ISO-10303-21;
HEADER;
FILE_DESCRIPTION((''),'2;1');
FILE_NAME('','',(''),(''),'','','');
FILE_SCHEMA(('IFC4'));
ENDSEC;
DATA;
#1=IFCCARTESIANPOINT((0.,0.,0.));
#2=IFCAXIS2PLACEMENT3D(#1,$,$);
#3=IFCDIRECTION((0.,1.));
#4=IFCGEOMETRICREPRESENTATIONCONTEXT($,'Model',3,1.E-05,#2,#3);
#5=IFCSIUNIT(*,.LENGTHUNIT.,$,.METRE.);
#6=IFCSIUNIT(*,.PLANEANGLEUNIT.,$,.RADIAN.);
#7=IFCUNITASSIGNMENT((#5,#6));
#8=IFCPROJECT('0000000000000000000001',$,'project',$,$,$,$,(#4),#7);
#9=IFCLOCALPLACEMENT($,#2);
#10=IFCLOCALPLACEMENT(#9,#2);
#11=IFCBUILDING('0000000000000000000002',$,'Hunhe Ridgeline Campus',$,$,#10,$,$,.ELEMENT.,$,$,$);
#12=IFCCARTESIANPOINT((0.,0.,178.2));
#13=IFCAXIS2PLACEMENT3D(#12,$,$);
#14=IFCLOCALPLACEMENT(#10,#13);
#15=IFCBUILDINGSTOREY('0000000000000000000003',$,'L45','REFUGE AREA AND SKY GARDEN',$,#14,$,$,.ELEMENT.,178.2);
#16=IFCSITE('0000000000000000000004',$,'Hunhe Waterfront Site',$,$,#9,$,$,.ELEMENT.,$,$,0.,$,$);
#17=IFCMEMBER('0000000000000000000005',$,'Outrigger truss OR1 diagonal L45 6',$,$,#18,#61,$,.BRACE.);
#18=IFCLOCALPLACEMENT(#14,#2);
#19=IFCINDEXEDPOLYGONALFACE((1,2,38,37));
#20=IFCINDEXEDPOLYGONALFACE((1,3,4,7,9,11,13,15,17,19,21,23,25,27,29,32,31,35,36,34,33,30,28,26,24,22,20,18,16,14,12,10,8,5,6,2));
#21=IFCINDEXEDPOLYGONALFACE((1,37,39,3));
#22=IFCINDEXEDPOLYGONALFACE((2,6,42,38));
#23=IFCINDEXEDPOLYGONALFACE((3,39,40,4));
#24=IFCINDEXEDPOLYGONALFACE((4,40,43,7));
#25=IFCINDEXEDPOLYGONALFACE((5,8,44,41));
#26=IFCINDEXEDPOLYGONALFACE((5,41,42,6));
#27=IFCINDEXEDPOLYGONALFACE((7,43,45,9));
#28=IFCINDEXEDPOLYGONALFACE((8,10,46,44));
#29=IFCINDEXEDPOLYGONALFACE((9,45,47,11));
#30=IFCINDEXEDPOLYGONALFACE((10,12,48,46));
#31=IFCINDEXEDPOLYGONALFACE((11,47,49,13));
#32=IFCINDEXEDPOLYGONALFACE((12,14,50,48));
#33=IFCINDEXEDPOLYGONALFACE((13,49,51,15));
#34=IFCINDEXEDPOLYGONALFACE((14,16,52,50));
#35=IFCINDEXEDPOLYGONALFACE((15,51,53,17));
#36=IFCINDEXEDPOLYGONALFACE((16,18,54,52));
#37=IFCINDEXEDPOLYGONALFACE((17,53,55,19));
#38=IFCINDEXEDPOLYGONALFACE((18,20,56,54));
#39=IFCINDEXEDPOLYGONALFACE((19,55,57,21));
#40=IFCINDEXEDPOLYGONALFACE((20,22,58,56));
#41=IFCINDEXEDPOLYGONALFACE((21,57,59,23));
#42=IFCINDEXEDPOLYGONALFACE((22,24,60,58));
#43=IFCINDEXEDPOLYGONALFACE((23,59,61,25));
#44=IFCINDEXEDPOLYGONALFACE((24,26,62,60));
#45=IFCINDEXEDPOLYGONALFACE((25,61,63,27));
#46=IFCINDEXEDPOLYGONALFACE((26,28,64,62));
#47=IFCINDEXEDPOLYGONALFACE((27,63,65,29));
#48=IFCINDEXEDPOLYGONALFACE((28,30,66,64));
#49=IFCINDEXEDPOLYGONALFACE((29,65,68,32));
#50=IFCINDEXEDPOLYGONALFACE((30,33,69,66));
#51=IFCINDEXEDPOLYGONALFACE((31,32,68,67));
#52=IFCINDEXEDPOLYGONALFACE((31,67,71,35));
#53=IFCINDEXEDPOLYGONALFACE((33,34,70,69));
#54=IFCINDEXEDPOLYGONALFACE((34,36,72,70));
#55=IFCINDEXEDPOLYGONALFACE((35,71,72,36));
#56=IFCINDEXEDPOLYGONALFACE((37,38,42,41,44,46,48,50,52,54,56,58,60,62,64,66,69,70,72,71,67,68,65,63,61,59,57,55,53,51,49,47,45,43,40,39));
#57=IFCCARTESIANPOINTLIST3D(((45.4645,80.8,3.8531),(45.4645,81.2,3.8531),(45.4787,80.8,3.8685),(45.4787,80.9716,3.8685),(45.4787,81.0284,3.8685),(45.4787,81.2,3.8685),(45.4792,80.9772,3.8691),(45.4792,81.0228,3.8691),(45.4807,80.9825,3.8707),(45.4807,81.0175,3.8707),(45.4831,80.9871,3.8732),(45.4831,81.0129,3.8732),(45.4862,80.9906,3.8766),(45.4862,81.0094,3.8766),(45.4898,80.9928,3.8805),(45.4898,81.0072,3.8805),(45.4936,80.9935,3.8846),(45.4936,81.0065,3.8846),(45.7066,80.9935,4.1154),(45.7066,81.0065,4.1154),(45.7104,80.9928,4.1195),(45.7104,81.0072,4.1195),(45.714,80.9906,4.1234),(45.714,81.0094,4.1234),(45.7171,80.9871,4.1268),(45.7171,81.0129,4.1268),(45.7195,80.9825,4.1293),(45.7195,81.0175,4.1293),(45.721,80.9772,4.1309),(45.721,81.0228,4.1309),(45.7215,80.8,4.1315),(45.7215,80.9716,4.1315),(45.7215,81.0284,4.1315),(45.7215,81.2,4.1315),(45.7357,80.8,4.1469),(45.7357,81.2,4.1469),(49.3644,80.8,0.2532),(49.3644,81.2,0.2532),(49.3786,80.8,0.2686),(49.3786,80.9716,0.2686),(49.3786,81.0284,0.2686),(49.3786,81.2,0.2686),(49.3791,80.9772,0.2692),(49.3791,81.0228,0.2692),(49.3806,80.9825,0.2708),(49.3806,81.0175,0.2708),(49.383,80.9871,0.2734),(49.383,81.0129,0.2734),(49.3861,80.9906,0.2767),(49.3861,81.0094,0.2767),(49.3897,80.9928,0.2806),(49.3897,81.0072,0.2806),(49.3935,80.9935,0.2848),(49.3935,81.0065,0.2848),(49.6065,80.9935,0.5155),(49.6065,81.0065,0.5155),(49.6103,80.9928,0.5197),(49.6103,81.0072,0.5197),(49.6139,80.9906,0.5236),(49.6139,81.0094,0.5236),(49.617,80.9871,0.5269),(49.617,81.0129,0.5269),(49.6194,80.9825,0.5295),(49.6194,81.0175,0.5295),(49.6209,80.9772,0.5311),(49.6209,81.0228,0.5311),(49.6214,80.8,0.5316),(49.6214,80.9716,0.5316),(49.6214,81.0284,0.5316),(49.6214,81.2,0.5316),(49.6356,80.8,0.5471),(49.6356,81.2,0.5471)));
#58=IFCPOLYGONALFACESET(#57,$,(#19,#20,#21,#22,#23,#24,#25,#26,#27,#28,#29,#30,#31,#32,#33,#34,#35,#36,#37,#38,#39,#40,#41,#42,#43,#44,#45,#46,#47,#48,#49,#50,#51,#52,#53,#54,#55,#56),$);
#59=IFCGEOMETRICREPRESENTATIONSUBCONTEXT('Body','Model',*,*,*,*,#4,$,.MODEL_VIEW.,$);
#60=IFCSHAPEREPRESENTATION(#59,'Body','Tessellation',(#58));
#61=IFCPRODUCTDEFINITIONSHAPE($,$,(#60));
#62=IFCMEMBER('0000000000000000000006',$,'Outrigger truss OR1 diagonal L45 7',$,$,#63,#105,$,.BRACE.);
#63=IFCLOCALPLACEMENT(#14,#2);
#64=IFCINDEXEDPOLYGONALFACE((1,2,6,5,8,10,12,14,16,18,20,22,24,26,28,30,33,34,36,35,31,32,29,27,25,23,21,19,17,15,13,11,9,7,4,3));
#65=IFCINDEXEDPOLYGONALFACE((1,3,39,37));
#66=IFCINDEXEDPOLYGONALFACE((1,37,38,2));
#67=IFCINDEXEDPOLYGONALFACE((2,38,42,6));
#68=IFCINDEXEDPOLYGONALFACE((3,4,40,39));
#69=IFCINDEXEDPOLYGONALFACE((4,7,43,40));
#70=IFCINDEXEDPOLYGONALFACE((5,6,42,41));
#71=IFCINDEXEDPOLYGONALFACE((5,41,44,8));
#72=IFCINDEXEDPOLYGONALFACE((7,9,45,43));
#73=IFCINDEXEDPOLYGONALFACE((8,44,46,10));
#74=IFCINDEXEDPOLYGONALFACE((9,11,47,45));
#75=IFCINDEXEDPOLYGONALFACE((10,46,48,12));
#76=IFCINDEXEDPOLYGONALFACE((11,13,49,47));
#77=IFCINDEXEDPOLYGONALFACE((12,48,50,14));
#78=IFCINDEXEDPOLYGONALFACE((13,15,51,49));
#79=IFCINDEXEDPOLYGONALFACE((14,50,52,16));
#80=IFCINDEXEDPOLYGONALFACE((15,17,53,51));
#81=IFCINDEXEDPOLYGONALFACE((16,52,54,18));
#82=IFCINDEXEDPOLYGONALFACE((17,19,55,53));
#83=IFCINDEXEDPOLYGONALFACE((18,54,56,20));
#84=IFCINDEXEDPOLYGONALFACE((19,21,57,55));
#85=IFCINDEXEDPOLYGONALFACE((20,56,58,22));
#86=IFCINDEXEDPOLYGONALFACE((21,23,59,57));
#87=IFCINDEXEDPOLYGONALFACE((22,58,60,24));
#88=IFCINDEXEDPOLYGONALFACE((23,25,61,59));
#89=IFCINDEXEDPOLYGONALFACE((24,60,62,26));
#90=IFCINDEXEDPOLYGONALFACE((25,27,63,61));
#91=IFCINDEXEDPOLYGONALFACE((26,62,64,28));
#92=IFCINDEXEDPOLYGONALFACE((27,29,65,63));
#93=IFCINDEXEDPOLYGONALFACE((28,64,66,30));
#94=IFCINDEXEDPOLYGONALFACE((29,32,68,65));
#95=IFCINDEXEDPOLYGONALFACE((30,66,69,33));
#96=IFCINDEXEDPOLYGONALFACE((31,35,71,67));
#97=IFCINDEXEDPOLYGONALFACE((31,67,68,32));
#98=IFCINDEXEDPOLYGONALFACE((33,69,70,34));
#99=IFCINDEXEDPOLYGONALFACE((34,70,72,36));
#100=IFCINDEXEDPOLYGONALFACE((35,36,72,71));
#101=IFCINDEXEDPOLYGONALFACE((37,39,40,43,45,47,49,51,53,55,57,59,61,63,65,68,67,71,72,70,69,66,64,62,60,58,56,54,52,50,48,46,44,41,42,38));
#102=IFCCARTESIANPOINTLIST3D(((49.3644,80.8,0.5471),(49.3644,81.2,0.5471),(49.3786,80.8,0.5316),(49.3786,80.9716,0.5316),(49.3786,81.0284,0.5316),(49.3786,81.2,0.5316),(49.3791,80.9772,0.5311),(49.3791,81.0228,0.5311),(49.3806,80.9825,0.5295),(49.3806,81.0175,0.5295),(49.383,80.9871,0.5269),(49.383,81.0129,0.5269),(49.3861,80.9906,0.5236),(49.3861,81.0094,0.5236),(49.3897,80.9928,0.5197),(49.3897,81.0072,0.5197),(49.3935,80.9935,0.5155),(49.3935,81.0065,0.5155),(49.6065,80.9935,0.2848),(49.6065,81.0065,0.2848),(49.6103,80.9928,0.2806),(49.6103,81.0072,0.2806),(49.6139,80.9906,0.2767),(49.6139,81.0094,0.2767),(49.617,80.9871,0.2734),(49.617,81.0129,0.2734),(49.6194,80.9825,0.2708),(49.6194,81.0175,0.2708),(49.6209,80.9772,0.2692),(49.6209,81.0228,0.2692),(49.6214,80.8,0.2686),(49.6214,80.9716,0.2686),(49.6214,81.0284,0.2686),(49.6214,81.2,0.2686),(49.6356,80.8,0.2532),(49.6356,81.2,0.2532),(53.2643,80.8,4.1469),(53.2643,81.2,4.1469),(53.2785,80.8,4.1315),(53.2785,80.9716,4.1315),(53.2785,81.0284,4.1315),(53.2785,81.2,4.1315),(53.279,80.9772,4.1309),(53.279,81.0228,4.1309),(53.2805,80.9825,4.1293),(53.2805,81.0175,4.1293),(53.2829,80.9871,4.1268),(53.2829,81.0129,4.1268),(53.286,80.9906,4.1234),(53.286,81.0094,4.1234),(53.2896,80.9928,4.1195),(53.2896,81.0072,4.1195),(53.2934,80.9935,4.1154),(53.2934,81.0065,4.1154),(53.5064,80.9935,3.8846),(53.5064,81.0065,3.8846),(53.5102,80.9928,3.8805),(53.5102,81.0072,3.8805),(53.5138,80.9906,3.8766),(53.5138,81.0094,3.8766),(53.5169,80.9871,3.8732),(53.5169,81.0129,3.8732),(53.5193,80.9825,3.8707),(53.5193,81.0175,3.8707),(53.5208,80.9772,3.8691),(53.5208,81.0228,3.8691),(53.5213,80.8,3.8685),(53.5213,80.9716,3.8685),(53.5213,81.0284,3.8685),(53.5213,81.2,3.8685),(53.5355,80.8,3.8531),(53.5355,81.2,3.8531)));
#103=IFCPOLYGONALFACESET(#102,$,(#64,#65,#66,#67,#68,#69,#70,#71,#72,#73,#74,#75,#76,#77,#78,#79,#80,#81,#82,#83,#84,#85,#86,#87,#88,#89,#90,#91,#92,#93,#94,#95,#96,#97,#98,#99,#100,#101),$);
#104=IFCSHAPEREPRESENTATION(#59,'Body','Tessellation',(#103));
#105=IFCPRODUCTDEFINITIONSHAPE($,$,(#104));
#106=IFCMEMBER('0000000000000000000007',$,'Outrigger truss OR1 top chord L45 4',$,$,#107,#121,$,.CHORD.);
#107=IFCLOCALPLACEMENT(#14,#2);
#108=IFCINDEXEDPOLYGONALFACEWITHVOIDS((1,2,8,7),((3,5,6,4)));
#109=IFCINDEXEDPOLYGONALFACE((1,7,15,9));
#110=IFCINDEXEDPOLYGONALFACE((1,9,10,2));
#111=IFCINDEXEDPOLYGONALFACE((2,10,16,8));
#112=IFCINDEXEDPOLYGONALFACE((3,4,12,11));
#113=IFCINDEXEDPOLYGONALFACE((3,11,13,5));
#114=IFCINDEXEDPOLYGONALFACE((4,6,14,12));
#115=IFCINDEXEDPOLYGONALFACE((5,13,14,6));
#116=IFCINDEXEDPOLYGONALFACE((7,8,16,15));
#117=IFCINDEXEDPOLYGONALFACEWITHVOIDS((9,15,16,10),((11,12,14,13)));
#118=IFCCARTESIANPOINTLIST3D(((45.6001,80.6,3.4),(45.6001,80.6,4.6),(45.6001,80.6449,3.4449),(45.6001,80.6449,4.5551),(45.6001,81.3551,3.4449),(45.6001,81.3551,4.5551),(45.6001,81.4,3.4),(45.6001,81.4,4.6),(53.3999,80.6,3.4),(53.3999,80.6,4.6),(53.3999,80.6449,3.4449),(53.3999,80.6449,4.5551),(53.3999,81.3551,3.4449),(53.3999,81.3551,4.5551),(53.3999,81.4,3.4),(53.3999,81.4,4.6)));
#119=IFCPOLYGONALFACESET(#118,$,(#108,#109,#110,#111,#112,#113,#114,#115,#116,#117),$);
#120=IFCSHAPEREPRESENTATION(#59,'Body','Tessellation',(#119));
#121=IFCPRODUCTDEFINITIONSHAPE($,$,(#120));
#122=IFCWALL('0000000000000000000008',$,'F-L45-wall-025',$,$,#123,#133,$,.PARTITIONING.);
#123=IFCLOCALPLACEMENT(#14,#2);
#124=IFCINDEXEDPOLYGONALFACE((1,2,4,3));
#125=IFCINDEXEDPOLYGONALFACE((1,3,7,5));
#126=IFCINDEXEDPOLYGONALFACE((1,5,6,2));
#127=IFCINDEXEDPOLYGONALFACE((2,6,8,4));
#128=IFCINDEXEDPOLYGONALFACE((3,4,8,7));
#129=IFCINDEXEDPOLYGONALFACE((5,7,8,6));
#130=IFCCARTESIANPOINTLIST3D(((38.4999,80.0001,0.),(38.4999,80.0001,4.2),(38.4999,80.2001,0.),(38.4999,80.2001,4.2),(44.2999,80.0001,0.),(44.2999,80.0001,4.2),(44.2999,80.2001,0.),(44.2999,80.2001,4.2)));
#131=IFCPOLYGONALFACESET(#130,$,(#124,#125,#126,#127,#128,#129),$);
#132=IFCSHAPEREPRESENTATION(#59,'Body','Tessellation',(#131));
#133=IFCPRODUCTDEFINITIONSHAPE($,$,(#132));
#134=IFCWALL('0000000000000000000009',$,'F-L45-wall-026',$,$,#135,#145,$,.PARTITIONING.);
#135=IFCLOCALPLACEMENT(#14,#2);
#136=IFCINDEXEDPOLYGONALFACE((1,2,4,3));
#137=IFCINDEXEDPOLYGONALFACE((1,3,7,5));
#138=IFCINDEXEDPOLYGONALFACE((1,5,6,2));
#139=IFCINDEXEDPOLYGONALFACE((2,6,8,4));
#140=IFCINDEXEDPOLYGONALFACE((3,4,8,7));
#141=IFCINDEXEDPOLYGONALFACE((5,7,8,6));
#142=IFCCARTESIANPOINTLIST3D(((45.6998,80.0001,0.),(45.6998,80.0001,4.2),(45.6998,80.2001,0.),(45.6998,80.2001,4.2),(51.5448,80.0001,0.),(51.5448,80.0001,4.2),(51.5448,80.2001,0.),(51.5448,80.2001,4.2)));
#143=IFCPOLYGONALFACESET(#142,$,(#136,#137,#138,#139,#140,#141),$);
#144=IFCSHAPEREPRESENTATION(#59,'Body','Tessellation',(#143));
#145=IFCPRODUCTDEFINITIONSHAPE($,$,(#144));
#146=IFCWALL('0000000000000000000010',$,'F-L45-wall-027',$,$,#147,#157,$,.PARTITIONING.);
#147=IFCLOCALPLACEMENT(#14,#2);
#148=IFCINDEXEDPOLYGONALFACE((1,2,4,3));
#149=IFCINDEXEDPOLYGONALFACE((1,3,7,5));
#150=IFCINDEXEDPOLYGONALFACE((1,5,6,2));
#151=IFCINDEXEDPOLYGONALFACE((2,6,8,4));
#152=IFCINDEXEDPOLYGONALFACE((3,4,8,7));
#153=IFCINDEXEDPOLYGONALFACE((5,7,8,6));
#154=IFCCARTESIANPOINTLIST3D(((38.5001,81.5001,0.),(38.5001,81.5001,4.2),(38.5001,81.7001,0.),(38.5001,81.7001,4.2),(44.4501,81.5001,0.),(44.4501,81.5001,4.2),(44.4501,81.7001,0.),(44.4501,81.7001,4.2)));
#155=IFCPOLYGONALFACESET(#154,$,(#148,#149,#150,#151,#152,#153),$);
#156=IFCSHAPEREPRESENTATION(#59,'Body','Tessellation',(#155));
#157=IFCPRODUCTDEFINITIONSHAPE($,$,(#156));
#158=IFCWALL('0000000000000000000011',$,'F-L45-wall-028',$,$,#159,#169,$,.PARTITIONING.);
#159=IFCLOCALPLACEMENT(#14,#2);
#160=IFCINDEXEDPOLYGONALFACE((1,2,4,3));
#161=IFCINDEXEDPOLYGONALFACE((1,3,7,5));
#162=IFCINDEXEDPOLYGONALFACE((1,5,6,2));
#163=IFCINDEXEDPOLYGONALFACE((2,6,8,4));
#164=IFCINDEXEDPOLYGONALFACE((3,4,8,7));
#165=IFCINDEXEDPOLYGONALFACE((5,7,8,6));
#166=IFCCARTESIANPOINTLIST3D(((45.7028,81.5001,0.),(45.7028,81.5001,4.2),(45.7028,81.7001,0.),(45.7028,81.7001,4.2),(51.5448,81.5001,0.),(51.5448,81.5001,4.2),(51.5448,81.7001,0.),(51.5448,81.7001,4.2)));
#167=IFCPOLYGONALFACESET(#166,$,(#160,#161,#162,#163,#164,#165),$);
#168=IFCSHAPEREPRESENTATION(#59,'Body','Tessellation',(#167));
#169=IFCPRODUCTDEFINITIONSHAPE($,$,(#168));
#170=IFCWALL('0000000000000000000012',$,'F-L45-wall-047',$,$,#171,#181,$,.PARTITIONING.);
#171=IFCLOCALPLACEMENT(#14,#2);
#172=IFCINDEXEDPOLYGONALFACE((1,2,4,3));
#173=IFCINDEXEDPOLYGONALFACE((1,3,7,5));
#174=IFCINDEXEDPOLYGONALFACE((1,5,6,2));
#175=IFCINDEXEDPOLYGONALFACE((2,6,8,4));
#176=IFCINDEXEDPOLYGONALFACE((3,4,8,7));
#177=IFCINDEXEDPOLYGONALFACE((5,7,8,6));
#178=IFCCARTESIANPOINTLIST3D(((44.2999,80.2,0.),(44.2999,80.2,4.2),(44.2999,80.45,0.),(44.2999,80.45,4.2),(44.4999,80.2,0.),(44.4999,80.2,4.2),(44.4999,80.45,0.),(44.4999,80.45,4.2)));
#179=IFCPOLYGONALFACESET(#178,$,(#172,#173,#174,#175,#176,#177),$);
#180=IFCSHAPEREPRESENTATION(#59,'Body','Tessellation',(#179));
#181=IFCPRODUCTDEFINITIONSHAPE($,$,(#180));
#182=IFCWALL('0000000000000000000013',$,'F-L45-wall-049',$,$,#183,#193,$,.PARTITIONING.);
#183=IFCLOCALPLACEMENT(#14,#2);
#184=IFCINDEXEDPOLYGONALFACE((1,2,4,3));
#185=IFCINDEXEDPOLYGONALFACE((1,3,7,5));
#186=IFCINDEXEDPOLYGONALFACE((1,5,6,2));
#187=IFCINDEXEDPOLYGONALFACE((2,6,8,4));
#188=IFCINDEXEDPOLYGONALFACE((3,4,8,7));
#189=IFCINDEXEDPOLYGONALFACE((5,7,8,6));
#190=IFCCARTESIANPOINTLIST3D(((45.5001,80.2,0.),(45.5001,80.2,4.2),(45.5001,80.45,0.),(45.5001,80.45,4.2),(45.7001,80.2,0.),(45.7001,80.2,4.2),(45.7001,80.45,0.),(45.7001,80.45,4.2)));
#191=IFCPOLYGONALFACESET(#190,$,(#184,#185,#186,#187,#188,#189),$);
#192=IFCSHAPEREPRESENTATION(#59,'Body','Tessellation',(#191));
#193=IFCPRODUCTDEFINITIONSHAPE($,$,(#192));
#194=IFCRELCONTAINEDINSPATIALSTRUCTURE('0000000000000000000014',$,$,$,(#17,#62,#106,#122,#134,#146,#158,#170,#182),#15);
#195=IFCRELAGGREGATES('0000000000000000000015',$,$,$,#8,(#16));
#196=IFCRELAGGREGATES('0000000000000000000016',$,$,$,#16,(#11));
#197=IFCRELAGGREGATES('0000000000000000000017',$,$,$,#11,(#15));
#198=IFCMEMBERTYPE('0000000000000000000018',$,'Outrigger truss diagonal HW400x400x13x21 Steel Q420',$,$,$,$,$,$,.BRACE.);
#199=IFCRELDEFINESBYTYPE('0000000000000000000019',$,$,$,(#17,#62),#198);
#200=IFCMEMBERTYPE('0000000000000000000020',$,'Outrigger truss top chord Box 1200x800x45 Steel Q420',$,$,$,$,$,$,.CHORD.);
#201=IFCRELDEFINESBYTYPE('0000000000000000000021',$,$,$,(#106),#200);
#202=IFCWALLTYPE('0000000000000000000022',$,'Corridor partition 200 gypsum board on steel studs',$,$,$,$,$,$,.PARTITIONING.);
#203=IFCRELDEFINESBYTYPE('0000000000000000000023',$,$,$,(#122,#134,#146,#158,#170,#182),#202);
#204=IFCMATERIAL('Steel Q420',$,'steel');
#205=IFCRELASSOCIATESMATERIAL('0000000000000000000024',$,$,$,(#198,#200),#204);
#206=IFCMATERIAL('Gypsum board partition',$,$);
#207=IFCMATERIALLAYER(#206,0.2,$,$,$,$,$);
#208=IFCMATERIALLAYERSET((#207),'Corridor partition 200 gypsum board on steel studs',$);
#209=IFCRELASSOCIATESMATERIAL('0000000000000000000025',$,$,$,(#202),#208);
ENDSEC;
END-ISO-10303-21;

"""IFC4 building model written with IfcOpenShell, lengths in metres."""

from ifc_helpers import new_model, si_unit, direction, frame, frame_2d, origin, origin_2d, place, context, subcontext, project, spatial, rectangle, hollow_rectangle, i_section, extrude, material, layer, layer_set, material_profile, profile_set, type_object, element, save


model = new_model("IFC4")

# Units and contexts
model_context = context("Model", 3, precision=1e-05, world=origin(), true_north=direction((0.0, 1.0)))
body_context = subcontext(model_context, "Body", "Model", "MODEL_VIEW")
ifc_project = project(units=[si_unit("LENGTHUNIT", "METRE"), si_unit("PLANEANGLEUNIT", "RADIAN")], contexts=[model_context])

# Site, building, storey
site_placement = place(None, origin())
site = spatial("IfcSite", under=ifc_project, at=site_placement, Name="Hunhe Waterfront Site", CompositionType="ELEMENT", RefElevation=0.0)
building_placement = place(site_placement, origin())
building = spatial("IfcBuilding", under=site, at=building_placement, Name="Hunhe Ridgeline Campus", CompositionType="ELEMENT")
storey_placement = place(building_placement, frame((0.0, 0.0, 178.2)))
storey = spatial("IfcBuildingStorey", under=building, at=storey_placement, Name="L45", Description="REFUGE AREA AND SKY GARDEN", CompositionType="ELEMENT", Elevation=178.2)

# Members
ifc_material_1 = material(Name="Steel Q420", Category="steel")
ifc_material_profile_1 = material_profile(ifc_material_1, i_section(OverallWidth=0.3999, OverallDepth=0.3999, WebThickness=0.0129, FlangeThickness=0.021, FilletRadius=0.022, at=origin_2d()))
ifc_profile_set_1 = profile_set([ifc_material_profile_1], Name="Steel Q420")
member_type_1 = type_object("IfcMemberType", Name="Outrigger truss diagonal HW400x400x13x21 Steel Q420", PredefinedType="BRACE", material=ifc_profile_set_1)
for number, where, z_axis, x_axis, name in (
    (1, (45.6001, 81.0, 4.0), (0.734809, 0.0, -0.678274), (0.0, 1.0, 0.0), "Outrigger truss OR1 diagonal L45 6"),
    (2, (49.5, 81.0, 0.4001), (0.734809, 0.0, 0.678274), (0.0, 1.0, 0.0), "Outrigger truss OR1 diagonal L45 7"),
):
    element("IfcMember", number, at=place(storey_placement, frame(where, z_axis=z_axis, x_axis=x_axis)), inside=storey, type_object=member_type_1, Name=name, PredefinedType="BRACE", context=body_context, shape_type="SweptSolid", body=[
        extrude(i_section(OverallWidth=0.3999, OverallDepth=0.3999, WebThickness=0.0129, FlangeThickness=0.021, FilletRadius=0.022, at=origin_2d()), origin(), (0.0, 0.0, 1.0), 5.3074),
    ])
ifc_material_profile_2 = material_profile(ifc_material_1, hollow_rectangle(XDim=0.8, YDim=1.2, WallThickness=0.0449, at=origin_2d()))
ifc_profile_set_2 = profile_set([ifc_material_profile_2], Name="Steel Q420")
member_type_2 = type_object("IfcMemberType", Name="Outrigger truss top chord Box 1200x800x45 Steel Q420", PredefinedType="CHORD", material=ifc_profile_set_2)
member_1_placement = place(storey_placement, frame((45.6001, 81.0, 4.0), z_axis=(1.0, 0.0, 0.0), x_axis=(0.0, 1.0, 0.0)))
element("IfcMember", 3, at=member_1_placement, inside=storey, type_object=member_type_2, Name="Outrigger truss OR1 top chord L45 4", PredefinedType="CHORD", context=body_context, shape_type="SweptSolid", body=[
    extrude(hollow_rectangle(XDim=0.8, YDim=1.2, WallThickness=0.0449, at=origin_2d()), origin(), (0.0, 0.0, 1.0), 7.7998),
])

# Walls
ifc_material_2 = material(Name="Gypsum board partition")
ifc_layer_1 = layer(ifc_material_2, 0.2)
ifc_layer_set_1 = layer_set([ifc_layer_1], Name="Corridor partition 200 gypsum board on steel studs")
wall_type_1 = type_object("IfcWallType", Name="Corridor partition 200 gypsum board on steel studs", PredefinedType="PARTITIONING", material=ifc_layer_set_1)
wall_1_placement = place(storey_placement, frame((38.5, 80.1001, 0.0), z_axis=(0.0, 0.0, 1.0), x_axis=(1.0, 0.0, 0.0)))
element("IfcWall", 4, at=wall_1_placement, inside=storey, type_object=wall_type_1, Name="F-L45-wall-025", PredefinedType="PARTITIONING", context=body_context, shape_type="SweptSolid", body=[
    extrude(rectangle(XDim=5.8, YDim=0.2, at=frame_2d((2.8999, 0.0))), origin(), (0.0, 0.0, 1.0), 4.2),
])
wall_2_placement = place(storey_placement, frame((45.7, 80.1001, 0.0), z_axis=(0.0, 0.0, 1.0), x_axis=(1.0, 0.0, 0.0)))
element("IfcWall", 5, at=wall_2_placement, inside=storey, type_object=wall_type_1, Name="F-L45-wall-026", PredefinedType="PARTITIONING", context=body_context, shape_type="SweptSolid", body=[
    extrude(rectangle(XDim=5.845, YDim=0.2, at=frame_2d((2.9224, 0.0))), origin(), (0.0, 0.0, 1.0), 4.2),
])
wall_3_placement = place(storey_placement, frame((38.5, 81.6001, 0.0), z_axis=(0.0, 0.0, 1.0), x_axis=(1.0, 0.0, 0.0)))
element("IfcWall", 6, at=wall_3_placement, inside=storey, type_object=wall_type_1, Name="F-L45-wall-027", PredefinedType="PARTITIONING", context=body_context, shape_type="SweptSolid", body=[
    extrude(rectangle(XDim=5.95, YDim=0.2, at=frame_2d((2.9751, 0.0))), origin(), (0.0, 0.0, 1.0), 4.2),
])
wall_4_placement = place(storey_placement, frame((45.7029, 81.6001, 0.0), z_axis=(0.0, 0.0, 1.0), x_axis=(1.0, 0.0, 0.0)))
element("IfcWall", 7, at=wall_4_placement, inside=storey, type_object=wall_type_1, Name="F-L45-wall-028", PredefinedType="PARTITIONING", context=body_context, shape_type="SweptSolid", body=[
    extrude(rectangle(XDim=5.842, YDim=0.2, at=frame_2d((2.9209, 0.0))), origin(), (0.0, 0.0, 1.0), 4.2),
])
for number, where, z_axis, x_axis, name in (
    (8, (44.3999, 80.45, 0.0), (0.0, 0.0, 1.0), (0.0, -1.0, 0.0), "F-L45-wall-047"),
    (9, (45.6001, 80.45, 0.0), (0.0, 0.0, 1.0), (0.0, -1.0, 0.0), "F-L45-wall-049"),
):
    element("IfcWall", number, at=place(storey_placement, frame(where, z_axis=z_axis, x_axis=x_axis)), inside=storey, type_object=wall_type_1, Name=name, PredefinedType="PARTITIONING", context=body_context, shape_type="SweptSolid", body=[
        extrude(rectangle(XDim=0.25, YDim=0.2, at=frame_2d((0.125, 0.0))), origin(), (0.0, 0.0, 1.0), 4.2),
    ])

save(model, "model.ifc")
